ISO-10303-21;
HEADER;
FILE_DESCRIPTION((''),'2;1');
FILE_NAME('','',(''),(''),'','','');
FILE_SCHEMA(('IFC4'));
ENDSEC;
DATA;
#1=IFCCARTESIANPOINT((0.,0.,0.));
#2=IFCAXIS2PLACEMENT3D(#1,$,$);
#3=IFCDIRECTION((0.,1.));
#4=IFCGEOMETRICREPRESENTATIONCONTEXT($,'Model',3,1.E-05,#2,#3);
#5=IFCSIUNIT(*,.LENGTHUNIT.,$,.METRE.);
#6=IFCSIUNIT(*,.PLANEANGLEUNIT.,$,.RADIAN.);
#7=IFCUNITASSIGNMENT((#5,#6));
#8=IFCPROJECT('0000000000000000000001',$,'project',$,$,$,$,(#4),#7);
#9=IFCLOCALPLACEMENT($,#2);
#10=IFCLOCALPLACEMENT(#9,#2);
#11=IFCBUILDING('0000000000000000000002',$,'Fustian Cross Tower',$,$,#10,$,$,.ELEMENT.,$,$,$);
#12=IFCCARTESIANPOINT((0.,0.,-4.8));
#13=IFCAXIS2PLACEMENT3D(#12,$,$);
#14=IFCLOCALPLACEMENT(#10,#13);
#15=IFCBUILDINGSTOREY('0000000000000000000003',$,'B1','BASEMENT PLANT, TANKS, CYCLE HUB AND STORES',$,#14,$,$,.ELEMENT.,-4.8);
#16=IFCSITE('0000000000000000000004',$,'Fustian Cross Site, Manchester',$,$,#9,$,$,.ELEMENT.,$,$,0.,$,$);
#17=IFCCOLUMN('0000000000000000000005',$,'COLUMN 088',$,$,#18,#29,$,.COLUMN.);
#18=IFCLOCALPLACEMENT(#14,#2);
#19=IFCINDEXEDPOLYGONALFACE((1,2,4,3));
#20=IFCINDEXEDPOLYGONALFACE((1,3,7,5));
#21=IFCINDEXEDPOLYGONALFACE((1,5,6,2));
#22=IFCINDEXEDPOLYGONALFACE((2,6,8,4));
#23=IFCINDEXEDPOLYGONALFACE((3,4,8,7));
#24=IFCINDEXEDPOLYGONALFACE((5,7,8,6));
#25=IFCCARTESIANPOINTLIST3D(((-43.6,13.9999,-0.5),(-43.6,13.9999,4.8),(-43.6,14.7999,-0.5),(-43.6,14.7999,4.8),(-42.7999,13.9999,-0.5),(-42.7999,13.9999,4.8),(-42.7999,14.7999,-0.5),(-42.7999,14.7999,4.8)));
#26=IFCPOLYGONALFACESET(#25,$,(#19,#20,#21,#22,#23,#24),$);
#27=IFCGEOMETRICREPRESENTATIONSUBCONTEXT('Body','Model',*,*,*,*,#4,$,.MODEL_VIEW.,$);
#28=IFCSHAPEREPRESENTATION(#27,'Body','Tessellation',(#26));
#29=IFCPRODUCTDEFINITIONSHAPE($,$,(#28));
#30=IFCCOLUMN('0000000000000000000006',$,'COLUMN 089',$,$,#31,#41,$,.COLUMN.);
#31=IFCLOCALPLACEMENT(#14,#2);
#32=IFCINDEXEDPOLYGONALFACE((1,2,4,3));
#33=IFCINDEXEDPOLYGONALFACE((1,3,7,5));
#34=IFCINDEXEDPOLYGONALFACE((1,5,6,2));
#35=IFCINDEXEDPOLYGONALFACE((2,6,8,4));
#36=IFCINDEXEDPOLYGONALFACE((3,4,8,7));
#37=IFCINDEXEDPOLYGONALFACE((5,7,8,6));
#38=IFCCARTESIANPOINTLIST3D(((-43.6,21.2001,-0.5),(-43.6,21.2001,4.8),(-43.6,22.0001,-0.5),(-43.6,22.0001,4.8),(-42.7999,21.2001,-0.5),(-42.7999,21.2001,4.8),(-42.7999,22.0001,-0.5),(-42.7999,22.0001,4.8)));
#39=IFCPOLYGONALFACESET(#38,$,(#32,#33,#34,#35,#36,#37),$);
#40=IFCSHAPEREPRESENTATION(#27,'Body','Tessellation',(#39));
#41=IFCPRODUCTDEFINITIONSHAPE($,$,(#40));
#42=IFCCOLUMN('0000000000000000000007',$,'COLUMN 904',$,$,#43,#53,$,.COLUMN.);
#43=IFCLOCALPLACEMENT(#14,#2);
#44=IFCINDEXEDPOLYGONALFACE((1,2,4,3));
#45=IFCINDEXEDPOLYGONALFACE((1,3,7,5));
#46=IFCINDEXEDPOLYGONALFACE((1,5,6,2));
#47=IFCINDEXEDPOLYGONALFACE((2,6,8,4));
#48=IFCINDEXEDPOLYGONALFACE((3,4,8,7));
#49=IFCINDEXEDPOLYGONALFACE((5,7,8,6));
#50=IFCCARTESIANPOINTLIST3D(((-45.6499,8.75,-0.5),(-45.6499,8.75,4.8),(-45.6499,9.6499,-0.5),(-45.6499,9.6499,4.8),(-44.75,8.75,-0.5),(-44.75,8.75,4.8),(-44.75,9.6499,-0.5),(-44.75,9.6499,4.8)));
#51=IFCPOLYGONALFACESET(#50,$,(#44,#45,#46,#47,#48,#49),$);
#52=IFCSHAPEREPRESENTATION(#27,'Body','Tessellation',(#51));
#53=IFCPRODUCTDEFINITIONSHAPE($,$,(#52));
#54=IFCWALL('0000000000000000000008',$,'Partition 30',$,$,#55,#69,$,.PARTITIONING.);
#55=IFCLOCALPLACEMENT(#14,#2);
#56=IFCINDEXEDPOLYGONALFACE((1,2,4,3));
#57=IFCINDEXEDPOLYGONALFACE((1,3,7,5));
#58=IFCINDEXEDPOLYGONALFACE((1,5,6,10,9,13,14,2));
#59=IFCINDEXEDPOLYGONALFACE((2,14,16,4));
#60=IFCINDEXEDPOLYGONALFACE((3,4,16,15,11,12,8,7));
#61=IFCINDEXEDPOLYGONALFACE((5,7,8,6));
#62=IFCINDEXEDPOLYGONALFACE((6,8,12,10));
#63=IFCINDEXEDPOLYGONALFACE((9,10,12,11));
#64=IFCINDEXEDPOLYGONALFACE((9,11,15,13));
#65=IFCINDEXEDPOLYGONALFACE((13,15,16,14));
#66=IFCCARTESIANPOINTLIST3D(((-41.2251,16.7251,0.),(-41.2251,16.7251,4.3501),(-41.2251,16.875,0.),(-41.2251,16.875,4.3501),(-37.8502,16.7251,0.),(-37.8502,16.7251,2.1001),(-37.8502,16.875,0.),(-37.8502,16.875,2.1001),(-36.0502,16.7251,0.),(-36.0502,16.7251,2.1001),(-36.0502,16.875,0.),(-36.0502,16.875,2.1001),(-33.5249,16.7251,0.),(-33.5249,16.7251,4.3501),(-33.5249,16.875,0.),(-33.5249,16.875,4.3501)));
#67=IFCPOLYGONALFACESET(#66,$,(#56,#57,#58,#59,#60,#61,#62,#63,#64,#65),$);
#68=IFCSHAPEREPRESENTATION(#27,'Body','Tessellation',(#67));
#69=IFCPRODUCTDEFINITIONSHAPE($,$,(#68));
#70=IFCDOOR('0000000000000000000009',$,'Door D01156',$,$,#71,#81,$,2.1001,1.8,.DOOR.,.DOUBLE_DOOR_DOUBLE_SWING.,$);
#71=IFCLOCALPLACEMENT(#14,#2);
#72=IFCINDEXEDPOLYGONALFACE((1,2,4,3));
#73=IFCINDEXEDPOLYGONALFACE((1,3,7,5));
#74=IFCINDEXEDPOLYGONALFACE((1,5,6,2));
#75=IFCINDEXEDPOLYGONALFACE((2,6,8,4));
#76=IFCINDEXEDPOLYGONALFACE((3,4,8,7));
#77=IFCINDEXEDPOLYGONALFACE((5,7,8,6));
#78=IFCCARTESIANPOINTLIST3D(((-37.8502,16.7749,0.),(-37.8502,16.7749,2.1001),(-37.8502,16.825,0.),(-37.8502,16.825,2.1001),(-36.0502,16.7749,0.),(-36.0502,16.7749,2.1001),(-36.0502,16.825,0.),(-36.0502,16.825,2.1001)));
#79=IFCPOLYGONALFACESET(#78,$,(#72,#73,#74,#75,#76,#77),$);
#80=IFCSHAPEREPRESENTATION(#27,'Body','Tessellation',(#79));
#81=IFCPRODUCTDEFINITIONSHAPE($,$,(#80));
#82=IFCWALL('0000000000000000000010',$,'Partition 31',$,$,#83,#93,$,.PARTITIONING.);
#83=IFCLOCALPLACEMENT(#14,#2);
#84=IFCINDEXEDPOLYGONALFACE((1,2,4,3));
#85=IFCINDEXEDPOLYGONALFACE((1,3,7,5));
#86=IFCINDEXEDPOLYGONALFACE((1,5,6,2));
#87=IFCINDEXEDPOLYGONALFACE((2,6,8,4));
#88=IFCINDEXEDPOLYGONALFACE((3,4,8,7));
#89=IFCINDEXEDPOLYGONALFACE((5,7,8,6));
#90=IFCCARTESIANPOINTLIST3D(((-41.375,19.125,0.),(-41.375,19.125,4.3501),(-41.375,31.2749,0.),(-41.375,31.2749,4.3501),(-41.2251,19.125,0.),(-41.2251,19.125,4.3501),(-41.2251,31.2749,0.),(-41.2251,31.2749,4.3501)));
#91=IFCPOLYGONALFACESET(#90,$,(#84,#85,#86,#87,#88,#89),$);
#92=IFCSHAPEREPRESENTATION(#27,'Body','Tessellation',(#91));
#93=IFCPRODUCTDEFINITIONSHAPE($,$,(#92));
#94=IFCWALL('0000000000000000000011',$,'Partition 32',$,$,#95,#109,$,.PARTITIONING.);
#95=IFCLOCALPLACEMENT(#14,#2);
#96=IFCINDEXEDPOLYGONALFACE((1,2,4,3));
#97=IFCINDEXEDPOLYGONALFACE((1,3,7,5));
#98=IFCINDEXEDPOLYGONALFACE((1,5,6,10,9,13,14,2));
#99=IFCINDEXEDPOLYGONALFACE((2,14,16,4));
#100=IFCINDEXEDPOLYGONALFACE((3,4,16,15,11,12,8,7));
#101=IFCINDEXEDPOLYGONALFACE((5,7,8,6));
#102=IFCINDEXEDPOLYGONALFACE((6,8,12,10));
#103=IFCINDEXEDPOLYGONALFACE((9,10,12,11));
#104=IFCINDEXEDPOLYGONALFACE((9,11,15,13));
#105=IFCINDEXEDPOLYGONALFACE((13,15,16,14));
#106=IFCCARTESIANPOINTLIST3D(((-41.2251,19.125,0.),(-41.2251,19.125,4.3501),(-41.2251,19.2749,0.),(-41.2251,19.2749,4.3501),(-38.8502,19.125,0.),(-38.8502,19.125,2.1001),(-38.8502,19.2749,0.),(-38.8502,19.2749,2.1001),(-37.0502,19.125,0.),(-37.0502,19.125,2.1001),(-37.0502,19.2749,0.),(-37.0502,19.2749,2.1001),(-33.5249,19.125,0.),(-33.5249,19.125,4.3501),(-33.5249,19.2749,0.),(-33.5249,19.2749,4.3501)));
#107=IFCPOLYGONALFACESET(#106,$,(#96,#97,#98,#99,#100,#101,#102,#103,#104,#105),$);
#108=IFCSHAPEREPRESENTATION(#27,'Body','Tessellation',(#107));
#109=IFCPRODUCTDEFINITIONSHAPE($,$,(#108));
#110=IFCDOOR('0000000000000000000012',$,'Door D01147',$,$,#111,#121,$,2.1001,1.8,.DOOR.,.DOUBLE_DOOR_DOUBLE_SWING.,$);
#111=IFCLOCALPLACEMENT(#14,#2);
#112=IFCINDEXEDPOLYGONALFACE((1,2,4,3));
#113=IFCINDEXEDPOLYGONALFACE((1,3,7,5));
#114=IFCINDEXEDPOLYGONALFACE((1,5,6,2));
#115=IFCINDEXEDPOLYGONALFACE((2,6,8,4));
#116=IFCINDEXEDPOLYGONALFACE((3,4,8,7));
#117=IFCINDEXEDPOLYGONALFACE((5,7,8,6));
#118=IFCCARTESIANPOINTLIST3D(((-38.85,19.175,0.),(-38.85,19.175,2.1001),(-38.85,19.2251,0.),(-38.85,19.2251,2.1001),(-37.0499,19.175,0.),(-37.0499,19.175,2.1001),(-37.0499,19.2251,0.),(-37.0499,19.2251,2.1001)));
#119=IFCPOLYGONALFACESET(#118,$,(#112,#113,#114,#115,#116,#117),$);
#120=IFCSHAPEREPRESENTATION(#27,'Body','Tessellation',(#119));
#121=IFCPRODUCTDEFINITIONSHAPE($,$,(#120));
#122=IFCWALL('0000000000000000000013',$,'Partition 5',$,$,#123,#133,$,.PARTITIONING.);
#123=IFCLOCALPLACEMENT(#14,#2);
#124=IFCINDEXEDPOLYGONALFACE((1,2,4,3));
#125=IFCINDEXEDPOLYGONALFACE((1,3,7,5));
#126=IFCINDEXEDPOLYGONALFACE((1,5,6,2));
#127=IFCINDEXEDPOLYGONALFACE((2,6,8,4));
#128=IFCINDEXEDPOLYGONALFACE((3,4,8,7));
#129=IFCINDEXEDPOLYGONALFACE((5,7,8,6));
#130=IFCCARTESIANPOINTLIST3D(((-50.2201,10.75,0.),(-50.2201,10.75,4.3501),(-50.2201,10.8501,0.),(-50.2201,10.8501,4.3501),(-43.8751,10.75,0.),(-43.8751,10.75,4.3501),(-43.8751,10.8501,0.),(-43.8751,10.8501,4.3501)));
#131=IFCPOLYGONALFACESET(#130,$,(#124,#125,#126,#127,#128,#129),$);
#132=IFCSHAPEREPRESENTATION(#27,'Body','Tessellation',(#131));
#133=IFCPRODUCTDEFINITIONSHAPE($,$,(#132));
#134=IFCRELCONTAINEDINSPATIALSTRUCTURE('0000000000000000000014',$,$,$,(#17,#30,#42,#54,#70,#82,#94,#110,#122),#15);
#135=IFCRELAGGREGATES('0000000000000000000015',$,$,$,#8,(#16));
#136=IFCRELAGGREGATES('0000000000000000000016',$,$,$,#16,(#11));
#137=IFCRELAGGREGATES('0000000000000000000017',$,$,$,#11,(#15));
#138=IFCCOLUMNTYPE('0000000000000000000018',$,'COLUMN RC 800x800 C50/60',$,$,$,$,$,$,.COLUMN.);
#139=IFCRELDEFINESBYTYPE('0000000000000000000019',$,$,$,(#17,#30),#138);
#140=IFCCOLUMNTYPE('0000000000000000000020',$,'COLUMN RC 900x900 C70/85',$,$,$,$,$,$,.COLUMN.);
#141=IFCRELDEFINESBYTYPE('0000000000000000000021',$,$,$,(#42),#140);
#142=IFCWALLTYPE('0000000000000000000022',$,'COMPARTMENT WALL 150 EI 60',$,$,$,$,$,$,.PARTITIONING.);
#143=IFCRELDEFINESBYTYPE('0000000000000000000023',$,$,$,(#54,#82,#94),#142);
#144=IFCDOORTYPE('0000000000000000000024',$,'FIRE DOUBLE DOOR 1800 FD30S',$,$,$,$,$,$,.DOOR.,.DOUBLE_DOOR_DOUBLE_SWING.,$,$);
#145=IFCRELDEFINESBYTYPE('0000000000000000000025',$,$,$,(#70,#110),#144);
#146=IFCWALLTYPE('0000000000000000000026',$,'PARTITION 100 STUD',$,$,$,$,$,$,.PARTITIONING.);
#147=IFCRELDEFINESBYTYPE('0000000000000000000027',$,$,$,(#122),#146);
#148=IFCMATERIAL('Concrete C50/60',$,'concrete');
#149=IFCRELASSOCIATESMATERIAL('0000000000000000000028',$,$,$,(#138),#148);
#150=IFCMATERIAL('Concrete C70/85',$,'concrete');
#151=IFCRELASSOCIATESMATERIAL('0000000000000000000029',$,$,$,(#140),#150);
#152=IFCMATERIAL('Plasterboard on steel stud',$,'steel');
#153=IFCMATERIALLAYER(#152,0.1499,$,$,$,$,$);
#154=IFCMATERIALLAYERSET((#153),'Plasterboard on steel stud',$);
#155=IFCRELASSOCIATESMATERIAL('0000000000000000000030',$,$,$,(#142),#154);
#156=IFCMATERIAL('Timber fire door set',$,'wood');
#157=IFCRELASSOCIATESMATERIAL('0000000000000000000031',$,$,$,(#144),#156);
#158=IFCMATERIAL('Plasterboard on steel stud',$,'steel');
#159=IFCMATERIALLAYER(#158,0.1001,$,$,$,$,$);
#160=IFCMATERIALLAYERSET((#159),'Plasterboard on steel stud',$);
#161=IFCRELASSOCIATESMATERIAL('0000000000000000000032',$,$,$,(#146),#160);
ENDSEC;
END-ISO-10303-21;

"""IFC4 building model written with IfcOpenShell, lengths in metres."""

from ifc_helpers import new_model, si_unit, direction, frame, frame_2d, origin, origin_2d, place, context, subcontext, project, spatial, rectangle, extrude, material, layer, layer_set, material_profile, profile_set, type_object, element, fill, save


model = new_model("IFC4")

# Units and contexts
model_context = context("Model", 3, precision=1e-05, world=origin(), true_north=direction((0.0, 1.0)))
body_context = subcontext(model_context, "Body", "Model", "MODEL_VIEW")
ifc_project = project(units=[si_unit("LENGTHUNIT", "METRE"), si_unit("PLANEANGLEUNIT", "RADIAN")], contexts=[model_context])

# Site, building, storey
site_placement = place(None, origin())
site = spatial("IfcSite", under=ifc_project, at=site_placement, Name="Fustian Cross Site, Manchester", CompositionType="ELEMENT", RefElevation=0.0)
building_placement = place(site_placement, origin())
building = spatial("IfcBuilding", under=site, at=building_placement, Name="Fustian Cross Tower", CompositionType="ELEMENT")
storey_placement = place(building_placement, frame((0.0, 0.0, -4.8)))
storey = spatial("IfcBuildingStorey", under=building, at=storey_placement, Name="B1", Description="BASEMENT PLANT, TANKS, CYCLE HUB AND STORES", CompositionType="ELEMENT", Elevation=-4.8)

# Columns
ifc_material_1 = material(Name="Concrete C50/60", Category="concrete")
ifc_material_profile_1 = material_profile(ifc_material_1, rectangle(XDim=0.8, YDim=0.8, at=origin_2d()), Name="RC 800x800")
ifc_profile_set_1 = profile_set([ifc_material_profile_1], Name="Concrete C50/60")
column_type_1 = type_object("IfcColumnType", Name="COLUMN RC 800x800 C50/60", PredefinedType="COLUMN", material=ifc_profile_set_1)
for number, where, z_axis, x_axis, name in (
    (1, (-43.2, 14.3999, -0.5), (0.0, 0.0, 1.0), (1.0, 0.0, 0.0), "COLUMN 088"),
    (2, (-43.2, 21.6001, -0.5), (0.0, 0.0, 1.0), (1.0, 0.0, 0.0), "COLUMN 089"),
):
    element("IfcColumn", number, at=place(storey_placement, frame(where, z_axis=z_axis, x_axis=x_axis)), inside=storey, type_object=column_type_1, Name=name, PredefinedType="COLUMN", context=body_context, shape_type="SweptSolid", body=[
        extrude(rectangle(XDim=0.8, YDim=0.8, at=origin_2d()), origin(), (0.0, 0.0, 1.0), 5.3),
    ])
ifc_material_2 = material(Name="Concrete C70/85", Category="concrete")
ifc_material_profile_2 = material_profile(ifc_material_2, rectangle(XDim=0.8999, YDim=0.8999, at=origin_2d()), Name="RC 900x900")
ifc_profile_set_2 = profile_set([ifc_material_profile_2], Name="Concrete C70/85")
column_type_2 = type_object("IfcColumnType", Name="COLUMN RC 900x900 C70/85", PredefinedType="COLUMN", material=ifc_profile_set_2)
column_placement = place(storey_placement, frame((-45.2, 9.2, -0.5), z_axis=(0.0, 0.0, 1.0), x_axis=(1.0, 0.0, 0.0)))
element("IfcColumn", 3, at=column_placement, inside=storey, type_object=column_type_2, Name="COLUMN 904", PredefinedType="COLUMN", context=body_context, shape_type="SweptSolid", body=[
    extrude(rectangle(XDim=0.8999, YDim=0.8999, at=origin_2d()), origin(), (0.0, 0.0, 1.0), 5.3),
])

# Wall, opening, door
ifc_material_3 = material(Name="Plasterboard on steel stud", Category="steel")
ifc_layer_1 = layer(ifc_material_3, 0.1499)
ifc_layer_set_1 = layer_set([ifc_layer_1], Name="Plasterboard on steel stud")
wall_type_1 = type_object("IfcWallType", Name="COMPARTMENT WALL 150 EI 60", PredefinedType="PARTITIONING", material=ifc_layer_set_1)
wall_1_placement = place(storey_placement, frame((-41.2251, 16.8, 0.0), z_axis=(0.0, 0.0, 1.0), x_axis=(1.0, 0.0, 0.0)))
wall_1 = element("IfcWall", 4, at=wall_1_placement, inside=storey, type_object=wall_type_1, Name="Partition 30", PredefinedType="PARTITIONING", context=body_context, shape_type="SweptSolid", body=[
    extrude(rectangle(XDim=7.7002, YDim=0.1499, at=frame_2d((3.8501, 0.0))), origin(), (0.0, 0.0, 1.0), 4.3501),
])
opening_1_placement = place(wall_1_placement, frame((3.375, 0.0, 0.0)))
opening_1 = element("IfcOpeningElement", 5, at=opening_1_placement, cuts=wall_1, PredefinedType="OPENING", context=body_context, shape_type="SweptSolid", body=[
    extrude(rectangle(XDim=1.8, YDim=2.1001, at=frame_2d((0.8999, 1.05))), frame((0.0, 0.085, 0.0), z_axis=(0.0, -1.0, 0.0), x_axis=(1.0, 0.0, 0.0)), (0.0, 0.0, 1.0), 0.1699),
])
ifc_material_4 = material(Name="Timber fire door set", Category="wood")
door_type = type_object("IfcDoorType", Name="FIRE DOUBLE DOOR 1800 FD30S", OperationType="DOUBLE_DOOR_DOUBLE_SWING", PredefinedType="DOOR", material=ifc_material_4)
door_1_placement = place(opening_1_placement, origin())
door_1 = element("IfcDoor", 6, at=door_1_placement, inside=storey, type_object=door_type, Name="Door D01156", OperationType="DOUBLE_DOOR_DOUBLE_SWING", OverallHeight=2.1001, OverallWidth=1.8, PredefinedType="DOOR", context=body_context, shape_type="SweptSolid", body=[
    extrude(rectangle(XDim=1.8, YDim=2.1001, at=frame_2d((0.8999, 1.05))), frame((0.0, 0.0249, 0.0), z_axis=(0.0, -1.0, 0.0), x_axis=(1.0, 0.0, 0.0)), (0.0, 0.0, 1.0), 0.05),
])
fill(opening_1, door_1)

# Wall
wall_2_placement = place(storey_placement, frame((-41.3, 19.125, 0.0), z_axis=(0.0, 0.0, 1.0), x_axis=(0.0, 1.0, 0.0)))
element("IfcWall", 7, at=wall_2_placement, inside=storey, type_object=wall_type_1, Name="Partition 31", PredefinedType="PARTITIONING", context=body_context, shape_type="SweptSolid", body=[
    extrude(rectangle(XDim=12.1499, YDim=0.1499, at=frame_2d((6.075, 0.0))), origin(), (0.0, 0.0, 1.0), 4.3501),
])

# Wall, opening, door
wall_3_placement = place(storey_placement, frame((-41.2251, 19.2, 0.0), z_axis=(0.0, 0.0, 1.0), x_axis=(1.0, 0.0, 0.0)))
wall_3 = element("IfcWall", 8, at=wall_3_placement, inside=storey, type_object=wall_type_1, Name="Partition 32", PredefinedType="PARTITIONING", context=body_context, shape_type="SweptSolid", body=[
    extrude(rectangle(XDim=7.7002, YDim=0.1499, at=frame_2d((3.8501, 0.0))), origin(), (0.0, 0.0, 1.0), 4.3501),
])
opening_2_placement = place(wall_3_placement, frame((2.375, 0.0, 0.0)))
opening_2 = element("IfcOpeningElement", 9, at=opening_2_placement, cuts=wall_3, PredefinedType="OPENING", context=body_context, shape_type="SweptSolid", body=[
    extrude(rectangle(XDim=1.8, YDim=2.1001, at=frame_2d((0.8999, 1.05))), frame((0.0, 0.085, 0.0), z_axis=(0.0, -1.0, 0.0), x_axis=(1.0, 0.0, 0.0)), (0.0, 0.0, 1.0), 0.1699),
])
door_2_placement = place(opening_2_placement, frame((1.8, 0.0, 0.0), z_axis=(0.0, 0.0, 1.0), x_axis=(-1.0, 0.0, 0.0)))
door_2 = element("IfcDoor", 10, at=door_2_placement, inside=storey, type_object=door_type, Name="Door D01147", OperationType="DOUBLE_DOOR_DOUBLE_SWING", OverallHeight=2.1001, OverallWidth=1.8, PredefinedType="DOOR", context=body_context, shape_type="SweptSolid", body=[
    extrude(rectangle(XDim=1.8, YDim=2.1001, at=frame_2d((0.8999, 1.05))), frame((0.0, 0.0249, 0.0), z_axis=(0.0, -1.0, 0.0), x_axis=(1.0, 0.0, 0.0)), (0.0, 0.0, 1.0), 0.05),
])
fill(opening_2, door_2)

# Wall
ifc_material_5 = material(Name="Plasterboard on steel stud", Category="steel")
ifc_layer_2 = layer(ifc_material_5, 0.1001)
ifc_layer_set_2 = layer_set([ifc_layer_2], Name="Plasterboard on steel stud")
wall_type_2 = type_object("IfcWallType", Name="PARTITION 100 STUD", PredefinedType="PARTITIONING", material=ifc_layer_set_2)
wall_4_placement = place(storey_placement, frame((-50.22, 10.8, 0.0), z_axis=(0.0, 0.0, 1.0), x_axis=(1.0, 0.0, 0.0)))
element("IfcWall", 11, at=wall_4_placement, inside=storey, type_object=wall_type_2, Name="Partition 5", PredefinedType="PARTITIONING", context=body_context, shape_type="SweptSolid", body=[
    extrude(rectangle(XDim=6.345, YDim=0.1001, at=frame_2d((3.1724, 0.0))), origin(), (0.0, 0.0, 1.0), 4.3501),
])

save(model, "model.ifc")
